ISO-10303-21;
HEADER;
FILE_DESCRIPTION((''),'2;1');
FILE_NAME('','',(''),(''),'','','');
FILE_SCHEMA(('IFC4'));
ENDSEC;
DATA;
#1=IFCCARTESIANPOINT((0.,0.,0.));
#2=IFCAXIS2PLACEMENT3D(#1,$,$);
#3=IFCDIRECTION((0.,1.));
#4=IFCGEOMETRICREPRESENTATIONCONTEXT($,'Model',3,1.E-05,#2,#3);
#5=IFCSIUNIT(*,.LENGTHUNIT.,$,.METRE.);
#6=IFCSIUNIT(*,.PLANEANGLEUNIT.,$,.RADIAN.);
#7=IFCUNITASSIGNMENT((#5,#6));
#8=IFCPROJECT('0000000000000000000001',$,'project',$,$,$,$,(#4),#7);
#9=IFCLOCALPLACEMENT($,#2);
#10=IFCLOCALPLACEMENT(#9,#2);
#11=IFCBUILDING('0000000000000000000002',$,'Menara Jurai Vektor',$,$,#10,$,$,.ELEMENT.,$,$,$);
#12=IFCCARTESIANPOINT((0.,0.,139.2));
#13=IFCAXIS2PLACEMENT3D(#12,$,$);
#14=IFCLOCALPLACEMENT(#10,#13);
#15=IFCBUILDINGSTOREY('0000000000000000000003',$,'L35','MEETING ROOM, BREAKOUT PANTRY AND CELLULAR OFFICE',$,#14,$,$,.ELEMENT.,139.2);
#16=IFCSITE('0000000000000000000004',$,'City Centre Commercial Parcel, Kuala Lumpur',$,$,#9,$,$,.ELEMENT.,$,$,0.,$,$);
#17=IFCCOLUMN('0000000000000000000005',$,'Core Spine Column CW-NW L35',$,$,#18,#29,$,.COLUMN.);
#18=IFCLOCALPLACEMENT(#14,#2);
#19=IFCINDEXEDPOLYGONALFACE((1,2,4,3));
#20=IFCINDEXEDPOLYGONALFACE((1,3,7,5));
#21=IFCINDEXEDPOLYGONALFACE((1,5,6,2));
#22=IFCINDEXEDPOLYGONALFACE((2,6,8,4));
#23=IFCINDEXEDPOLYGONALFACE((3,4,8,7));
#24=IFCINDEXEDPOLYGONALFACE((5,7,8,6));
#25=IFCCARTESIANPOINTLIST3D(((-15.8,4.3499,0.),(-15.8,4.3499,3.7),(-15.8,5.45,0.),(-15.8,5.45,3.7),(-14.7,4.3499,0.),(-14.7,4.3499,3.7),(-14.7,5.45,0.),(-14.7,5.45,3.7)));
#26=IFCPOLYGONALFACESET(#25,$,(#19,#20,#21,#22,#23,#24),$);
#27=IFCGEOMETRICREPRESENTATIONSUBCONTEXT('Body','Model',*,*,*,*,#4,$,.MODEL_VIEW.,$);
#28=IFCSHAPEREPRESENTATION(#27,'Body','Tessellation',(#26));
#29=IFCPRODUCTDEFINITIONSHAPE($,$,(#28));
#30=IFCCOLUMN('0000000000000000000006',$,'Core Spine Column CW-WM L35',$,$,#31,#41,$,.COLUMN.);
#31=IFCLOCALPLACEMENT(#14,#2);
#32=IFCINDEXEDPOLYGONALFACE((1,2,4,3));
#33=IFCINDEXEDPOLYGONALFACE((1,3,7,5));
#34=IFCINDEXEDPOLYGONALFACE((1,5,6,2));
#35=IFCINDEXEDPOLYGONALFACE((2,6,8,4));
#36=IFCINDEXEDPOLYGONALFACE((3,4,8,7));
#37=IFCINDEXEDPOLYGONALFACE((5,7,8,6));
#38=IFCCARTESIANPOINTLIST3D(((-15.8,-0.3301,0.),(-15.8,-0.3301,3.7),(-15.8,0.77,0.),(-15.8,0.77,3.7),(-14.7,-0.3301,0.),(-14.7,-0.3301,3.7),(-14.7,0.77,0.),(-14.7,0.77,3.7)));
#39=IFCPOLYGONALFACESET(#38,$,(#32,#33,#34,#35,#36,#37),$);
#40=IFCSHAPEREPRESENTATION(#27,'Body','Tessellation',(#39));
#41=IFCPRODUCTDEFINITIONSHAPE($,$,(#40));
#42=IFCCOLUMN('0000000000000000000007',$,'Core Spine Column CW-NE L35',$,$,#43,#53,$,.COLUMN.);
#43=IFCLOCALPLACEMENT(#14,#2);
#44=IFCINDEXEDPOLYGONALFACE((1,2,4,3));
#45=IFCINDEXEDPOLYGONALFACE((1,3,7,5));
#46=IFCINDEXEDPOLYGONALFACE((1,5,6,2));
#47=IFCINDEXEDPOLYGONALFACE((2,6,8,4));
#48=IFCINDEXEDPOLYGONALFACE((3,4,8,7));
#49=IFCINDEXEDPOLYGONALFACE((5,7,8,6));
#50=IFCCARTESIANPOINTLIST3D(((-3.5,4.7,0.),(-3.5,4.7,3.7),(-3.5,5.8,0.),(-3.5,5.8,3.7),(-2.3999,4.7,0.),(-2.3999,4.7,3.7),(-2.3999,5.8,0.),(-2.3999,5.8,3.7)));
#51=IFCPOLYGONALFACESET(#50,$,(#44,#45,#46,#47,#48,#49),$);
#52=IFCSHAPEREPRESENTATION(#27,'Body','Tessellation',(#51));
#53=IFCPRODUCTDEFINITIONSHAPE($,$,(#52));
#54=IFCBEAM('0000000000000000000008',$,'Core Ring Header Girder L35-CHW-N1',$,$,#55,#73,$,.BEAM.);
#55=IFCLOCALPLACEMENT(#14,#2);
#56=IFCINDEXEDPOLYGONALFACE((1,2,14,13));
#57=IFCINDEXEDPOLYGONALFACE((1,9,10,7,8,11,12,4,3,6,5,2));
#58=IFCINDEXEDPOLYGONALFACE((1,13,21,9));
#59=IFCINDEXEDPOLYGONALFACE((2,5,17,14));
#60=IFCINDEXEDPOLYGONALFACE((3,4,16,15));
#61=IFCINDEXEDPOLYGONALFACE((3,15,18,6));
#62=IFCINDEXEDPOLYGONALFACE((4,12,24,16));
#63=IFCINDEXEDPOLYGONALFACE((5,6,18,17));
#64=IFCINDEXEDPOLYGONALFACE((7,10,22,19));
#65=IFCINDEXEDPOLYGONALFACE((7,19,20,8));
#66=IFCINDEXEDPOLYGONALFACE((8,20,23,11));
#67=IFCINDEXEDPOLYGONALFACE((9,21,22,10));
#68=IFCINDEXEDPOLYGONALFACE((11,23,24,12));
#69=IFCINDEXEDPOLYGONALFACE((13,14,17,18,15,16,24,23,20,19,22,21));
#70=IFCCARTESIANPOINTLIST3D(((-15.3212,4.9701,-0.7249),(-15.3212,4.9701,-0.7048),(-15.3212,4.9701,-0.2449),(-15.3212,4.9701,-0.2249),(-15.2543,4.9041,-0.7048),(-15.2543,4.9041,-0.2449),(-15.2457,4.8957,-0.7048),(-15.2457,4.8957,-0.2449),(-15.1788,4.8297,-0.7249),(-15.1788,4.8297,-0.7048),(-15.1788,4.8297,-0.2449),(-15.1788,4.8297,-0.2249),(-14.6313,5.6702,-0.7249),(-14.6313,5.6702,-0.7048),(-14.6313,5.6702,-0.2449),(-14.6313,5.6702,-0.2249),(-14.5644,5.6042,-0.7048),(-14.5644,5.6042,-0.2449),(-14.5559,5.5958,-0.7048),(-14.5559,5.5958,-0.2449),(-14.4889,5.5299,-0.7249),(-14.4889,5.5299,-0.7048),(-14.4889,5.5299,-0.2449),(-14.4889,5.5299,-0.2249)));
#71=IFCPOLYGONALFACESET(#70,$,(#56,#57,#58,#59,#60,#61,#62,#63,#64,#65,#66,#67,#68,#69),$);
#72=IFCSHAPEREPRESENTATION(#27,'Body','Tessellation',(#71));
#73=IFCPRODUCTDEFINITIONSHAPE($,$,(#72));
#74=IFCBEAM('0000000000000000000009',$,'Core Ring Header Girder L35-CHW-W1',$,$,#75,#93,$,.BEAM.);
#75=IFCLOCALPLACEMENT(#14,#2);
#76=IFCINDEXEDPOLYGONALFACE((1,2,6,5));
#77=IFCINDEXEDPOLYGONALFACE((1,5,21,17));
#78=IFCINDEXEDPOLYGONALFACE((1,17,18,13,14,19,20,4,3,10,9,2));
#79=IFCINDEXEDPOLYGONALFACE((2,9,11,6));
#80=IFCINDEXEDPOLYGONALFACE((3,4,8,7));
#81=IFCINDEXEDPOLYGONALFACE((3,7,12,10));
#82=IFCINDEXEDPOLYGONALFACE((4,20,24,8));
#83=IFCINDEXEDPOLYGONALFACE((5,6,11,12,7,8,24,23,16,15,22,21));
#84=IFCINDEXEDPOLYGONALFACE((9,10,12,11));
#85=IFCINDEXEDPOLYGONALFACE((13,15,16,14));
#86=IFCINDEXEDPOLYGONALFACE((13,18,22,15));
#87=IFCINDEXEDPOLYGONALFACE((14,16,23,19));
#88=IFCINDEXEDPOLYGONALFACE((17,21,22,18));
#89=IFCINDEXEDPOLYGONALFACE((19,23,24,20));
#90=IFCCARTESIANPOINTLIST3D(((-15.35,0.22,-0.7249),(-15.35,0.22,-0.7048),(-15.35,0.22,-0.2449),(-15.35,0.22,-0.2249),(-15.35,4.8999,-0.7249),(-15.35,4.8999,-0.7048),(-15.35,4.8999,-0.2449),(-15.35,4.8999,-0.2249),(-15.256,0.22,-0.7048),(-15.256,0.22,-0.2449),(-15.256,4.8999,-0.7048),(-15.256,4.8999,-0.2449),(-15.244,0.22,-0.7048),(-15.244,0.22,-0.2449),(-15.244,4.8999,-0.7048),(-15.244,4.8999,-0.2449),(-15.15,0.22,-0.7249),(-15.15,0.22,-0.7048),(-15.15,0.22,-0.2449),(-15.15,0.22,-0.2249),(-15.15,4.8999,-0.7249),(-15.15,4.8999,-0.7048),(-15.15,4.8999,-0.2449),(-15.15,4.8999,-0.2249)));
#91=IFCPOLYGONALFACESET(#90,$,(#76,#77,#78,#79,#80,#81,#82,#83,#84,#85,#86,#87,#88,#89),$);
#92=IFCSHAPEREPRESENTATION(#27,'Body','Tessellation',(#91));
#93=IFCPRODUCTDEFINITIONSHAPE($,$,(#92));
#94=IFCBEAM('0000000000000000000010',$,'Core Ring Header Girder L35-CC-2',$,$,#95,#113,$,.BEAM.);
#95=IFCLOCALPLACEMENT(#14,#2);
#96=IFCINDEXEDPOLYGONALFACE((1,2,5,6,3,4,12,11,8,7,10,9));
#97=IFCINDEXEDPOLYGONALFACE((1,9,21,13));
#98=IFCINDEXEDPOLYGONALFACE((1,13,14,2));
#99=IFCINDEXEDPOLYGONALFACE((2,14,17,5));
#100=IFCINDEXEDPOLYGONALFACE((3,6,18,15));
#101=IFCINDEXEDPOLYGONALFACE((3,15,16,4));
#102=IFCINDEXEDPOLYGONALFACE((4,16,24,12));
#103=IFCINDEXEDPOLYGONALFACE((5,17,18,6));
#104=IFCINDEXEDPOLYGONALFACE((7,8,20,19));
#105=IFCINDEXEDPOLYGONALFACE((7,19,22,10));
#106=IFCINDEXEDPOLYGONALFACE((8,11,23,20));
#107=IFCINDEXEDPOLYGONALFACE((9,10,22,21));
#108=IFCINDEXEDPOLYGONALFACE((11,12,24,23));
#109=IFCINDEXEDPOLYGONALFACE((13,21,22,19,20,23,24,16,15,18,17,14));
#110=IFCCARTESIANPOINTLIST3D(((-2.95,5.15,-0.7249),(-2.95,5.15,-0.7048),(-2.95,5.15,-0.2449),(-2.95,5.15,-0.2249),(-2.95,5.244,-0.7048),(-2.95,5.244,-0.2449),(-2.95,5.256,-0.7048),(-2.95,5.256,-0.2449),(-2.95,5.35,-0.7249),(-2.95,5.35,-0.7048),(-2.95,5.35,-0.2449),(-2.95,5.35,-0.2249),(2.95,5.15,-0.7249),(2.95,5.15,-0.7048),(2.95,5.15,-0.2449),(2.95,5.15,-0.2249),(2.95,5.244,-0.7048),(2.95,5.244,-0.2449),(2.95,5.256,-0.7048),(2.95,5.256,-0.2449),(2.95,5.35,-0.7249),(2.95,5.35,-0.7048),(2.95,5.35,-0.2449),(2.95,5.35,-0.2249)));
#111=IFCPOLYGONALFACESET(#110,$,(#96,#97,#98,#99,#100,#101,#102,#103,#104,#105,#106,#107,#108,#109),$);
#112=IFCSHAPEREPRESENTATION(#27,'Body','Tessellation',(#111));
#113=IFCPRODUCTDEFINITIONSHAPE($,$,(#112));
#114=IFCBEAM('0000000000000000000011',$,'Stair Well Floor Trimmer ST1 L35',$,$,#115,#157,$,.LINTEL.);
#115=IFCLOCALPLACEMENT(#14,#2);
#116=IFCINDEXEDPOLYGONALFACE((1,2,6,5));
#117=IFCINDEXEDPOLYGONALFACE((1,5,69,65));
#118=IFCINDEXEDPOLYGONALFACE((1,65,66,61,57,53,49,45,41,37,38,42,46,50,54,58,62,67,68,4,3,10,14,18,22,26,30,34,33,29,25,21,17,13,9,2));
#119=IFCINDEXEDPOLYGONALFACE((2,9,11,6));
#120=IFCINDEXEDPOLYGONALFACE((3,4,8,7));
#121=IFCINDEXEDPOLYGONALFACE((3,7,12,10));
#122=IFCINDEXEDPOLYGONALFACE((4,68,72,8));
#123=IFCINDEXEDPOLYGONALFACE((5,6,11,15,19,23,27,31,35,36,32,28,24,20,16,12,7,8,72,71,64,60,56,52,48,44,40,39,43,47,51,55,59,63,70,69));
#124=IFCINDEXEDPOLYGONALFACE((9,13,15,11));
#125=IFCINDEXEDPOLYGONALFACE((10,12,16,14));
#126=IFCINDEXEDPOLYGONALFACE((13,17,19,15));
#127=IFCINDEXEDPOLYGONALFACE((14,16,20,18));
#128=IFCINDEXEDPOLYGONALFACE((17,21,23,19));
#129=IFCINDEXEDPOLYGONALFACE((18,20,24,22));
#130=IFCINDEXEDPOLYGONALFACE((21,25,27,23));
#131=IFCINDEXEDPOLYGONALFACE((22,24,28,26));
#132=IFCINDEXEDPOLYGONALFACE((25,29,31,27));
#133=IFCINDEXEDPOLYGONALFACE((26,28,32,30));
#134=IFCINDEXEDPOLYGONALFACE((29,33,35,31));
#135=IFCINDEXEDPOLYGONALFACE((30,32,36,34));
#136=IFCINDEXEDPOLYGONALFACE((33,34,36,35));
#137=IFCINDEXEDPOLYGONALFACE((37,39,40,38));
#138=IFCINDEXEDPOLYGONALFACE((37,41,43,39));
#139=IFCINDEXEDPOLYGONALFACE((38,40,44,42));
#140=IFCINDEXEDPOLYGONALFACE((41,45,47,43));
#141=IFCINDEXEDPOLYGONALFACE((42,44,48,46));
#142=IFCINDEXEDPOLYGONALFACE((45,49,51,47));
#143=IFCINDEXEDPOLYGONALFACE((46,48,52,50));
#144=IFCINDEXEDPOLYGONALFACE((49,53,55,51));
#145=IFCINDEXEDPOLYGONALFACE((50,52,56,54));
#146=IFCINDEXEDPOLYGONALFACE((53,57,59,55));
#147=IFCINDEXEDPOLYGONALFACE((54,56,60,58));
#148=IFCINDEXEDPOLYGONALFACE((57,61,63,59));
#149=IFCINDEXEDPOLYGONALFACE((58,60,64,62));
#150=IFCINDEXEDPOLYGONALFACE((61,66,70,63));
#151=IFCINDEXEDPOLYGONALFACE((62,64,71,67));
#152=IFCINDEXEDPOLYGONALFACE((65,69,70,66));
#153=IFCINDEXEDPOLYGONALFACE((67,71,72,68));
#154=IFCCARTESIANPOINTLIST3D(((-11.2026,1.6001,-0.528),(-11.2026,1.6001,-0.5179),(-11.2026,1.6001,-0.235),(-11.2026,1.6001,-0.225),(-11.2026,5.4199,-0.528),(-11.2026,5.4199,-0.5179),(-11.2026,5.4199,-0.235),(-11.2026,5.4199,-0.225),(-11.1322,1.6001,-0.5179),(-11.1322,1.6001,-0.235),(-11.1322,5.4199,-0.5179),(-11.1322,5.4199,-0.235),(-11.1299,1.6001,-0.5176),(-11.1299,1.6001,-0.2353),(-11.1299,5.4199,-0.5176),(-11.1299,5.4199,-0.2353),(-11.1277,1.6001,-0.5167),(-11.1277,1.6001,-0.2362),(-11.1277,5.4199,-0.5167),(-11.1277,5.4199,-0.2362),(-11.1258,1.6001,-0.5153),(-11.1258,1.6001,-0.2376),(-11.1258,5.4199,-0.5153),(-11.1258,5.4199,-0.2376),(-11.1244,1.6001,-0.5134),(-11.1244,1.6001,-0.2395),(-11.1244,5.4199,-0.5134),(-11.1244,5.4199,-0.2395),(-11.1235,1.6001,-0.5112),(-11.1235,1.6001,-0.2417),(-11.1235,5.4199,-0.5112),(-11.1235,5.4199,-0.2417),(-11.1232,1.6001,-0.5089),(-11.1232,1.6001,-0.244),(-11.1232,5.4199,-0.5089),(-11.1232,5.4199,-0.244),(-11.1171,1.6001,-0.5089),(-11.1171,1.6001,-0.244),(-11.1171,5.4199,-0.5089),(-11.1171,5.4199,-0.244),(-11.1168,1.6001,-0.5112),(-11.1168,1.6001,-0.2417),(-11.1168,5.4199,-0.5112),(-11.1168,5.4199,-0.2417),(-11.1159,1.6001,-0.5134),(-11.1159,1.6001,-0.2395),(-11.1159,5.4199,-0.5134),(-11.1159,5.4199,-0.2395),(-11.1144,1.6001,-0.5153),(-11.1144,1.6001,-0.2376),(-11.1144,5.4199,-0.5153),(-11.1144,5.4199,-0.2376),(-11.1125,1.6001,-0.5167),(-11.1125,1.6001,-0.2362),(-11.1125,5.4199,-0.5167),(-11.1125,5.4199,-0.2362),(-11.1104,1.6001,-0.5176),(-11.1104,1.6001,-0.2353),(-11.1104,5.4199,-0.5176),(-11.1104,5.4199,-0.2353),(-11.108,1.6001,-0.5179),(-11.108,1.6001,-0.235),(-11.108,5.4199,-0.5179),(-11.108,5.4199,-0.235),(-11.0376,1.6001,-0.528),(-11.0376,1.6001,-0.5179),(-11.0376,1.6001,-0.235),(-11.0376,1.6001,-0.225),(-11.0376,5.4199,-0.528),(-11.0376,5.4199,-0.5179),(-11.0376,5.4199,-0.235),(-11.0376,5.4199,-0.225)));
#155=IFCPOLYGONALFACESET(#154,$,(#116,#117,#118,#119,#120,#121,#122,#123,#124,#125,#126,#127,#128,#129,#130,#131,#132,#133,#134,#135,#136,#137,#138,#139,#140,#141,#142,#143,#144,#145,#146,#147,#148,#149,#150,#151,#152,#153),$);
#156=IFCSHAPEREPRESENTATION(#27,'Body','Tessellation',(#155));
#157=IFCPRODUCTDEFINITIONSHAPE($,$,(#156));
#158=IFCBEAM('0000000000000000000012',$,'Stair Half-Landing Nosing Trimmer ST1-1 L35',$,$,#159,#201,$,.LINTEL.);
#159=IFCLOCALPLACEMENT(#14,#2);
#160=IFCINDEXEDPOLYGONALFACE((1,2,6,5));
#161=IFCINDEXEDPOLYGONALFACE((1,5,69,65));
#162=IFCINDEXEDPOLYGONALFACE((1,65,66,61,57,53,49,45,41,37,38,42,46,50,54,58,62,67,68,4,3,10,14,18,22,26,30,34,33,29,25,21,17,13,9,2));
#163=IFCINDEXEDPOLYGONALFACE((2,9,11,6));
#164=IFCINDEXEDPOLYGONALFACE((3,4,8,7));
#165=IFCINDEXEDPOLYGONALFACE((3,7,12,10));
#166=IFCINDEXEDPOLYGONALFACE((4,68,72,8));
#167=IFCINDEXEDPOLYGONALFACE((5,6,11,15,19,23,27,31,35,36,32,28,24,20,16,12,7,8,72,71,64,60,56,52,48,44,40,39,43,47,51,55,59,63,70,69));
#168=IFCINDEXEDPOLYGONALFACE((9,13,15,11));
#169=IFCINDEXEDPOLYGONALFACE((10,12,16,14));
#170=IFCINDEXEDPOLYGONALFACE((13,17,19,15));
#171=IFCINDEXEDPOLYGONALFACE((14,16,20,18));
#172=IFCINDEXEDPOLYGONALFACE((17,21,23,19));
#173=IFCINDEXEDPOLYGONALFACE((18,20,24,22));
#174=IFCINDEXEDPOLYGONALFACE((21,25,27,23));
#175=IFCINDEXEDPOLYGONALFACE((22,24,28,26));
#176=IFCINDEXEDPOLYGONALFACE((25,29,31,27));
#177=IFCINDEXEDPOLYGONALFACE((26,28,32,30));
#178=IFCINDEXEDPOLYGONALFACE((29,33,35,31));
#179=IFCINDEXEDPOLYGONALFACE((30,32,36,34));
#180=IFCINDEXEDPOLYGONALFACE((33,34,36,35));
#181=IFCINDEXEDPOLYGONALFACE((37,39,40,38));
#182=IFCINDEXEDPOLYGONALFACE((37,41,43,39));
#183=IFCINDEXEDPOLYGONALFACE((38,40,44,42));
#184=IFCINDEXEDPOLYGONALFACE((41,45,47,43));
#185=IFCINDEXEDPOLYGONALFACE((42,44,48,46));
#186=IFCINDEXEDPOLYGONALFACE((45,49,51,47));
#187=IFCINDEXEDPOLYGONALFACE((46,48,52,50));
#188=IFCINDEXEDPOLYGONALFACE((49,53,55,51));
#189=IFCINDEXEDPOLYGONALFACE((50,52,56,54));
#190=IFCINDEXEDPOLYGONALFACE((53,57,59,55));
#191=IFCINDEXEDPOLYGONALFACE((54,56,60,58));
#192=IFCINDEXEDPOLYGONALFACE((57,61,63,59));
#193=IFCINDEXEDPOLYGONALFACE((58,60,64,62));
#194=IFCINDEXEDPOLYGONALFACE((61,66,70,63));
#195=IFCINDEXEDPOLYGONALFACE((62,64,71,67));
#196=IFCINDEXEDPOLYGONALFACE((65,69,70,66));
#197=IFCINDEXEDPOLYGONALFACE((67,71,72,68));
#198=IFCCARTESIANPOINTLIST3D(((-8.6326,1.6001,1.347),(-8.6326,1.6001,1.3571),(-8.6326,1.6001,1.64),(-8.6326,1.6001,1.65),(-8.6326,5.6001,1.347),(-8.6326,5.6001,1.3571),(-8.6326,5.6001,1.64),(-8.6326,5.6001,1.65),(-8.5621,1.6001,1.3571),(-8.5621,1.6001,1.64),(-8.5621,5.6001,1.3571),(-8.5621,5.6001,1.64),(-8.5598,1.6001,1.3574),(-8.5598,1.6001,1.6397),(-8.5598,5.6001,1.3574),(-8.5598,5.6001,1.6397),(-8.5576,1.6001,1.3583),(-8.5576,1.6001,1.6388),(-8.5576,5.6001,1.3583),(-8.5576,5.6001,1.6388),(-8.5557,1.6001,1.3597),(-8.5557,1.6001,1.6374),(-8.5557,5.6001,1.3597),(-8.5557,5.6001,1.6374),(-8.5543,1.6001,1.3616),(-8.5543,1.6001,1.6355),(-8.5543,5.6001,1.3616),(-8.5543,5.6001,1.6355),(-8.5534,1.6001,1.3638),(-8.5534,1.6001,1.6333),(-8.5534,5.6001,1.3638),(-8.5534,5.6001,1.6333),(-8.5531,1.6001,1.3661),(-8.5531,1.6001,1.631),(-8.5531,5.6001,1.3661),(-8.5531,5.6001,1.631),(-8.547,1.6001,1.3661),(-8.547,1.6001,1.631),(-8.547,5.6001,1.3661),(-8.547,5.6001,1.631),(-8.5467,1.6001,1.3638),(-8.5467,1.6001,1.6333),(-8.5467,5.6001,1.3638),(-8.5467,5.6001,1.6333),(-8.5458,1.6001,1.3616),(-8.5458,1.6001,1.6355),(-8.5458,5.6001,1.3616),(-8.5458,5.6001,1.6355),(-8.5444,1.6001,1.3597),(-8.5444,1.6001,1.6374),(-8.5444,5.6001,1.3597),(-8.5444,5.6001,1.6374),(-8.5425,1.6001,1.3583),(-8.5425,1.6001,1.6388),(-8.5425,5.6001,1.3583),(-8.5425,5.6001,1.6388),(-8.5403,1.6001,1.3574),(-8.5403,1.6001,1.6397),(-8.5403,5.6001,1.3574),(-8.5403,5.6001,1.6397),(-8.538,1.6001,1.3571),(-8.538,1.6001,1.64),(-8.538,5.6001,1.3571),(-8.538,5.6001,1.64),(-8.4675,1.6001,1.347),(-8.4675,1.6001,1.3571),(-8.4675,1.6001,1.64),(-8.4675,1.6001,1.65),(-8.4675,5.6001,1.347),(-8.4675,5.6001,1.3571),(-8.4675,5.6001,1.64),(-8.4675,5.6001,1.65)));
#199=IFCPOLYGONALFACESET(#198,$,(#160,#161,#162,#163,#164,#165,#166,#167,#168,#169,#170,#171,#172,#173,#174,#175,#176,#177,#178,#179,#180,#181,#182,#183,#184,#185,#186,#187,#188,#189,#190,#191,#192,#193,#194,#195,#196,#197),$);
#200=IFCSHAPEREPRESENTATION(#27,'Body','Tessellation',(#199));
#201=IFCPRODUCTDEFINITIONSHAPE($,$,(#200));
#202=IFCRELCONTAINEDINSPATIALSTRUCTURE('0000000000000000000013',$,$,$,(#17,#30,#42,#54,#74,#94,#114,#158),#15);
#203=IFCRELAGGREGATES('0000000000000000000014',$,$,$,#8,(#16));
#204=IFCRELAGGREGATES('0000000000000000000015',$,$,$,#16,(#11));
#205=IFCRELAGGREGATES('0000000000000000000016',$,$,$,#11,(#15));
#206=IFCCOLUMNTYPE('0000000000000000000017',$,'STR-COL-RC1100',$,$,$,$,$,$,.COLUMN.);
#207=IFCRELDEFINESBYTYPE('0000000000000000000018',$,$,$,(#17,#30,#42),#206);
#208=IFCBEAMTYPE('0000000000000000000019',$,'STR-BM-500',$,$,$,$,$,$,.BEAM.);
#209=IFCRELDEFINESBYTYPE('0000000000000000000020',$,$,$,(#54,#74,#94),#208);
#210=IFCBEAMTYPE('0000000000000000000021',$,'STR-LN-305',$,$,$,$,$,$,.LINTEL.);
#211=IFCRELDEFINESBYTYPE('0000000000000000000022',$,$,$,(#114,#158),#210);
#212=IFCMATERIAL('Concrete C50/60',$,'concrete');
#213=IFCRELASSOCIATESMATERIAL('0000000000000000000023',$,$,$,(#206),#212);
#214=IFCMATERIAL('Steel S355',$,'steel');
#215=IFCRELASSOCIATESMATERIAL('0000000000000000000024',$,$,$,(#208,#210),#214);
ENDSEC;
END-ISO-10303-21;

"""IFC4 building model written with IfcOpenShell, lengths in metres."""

from ifc_helpers import new_model, si_unit, direction, frame, origin, origin_2d, place, context, subcontext, project, spatial, rectangle, i_section, extrude, material, material_profile, profile_set, type_object, element, save


model = new_model("IFC4")

# Units and contexts
model_context = context("Model", 3, precision=1e-05, world=origin(), true_north=direction((0.0, 1.0)))
body_context = subcontext(model_context, "Body", "Model", "MODEL_VIEW")
ifc_project = project(units=[si_unit("LENGTHUNIT", "METRE"), si_unit("PLANEANGLEUNIT", "RADIAN")], contexts=[model_context])

# Site, building, storey
site_placement = place(None, origin())
site = spatial("IfcSite", under=ifc_project, at=site_placement, Name="City Centre Commercial Parcel, Kuala Lumpur", CompositionType="ELEMENT", RefElevation=0.0)
building_placement = place(site_placement, origin())
building = spatial("IfcBuilding", under=site, at=building_placement, Name="Menara Jurai Vektor", CompositionType="ELEMENT")
storey_placement = place(building_placement, frame((0.0, 0.0, 139.2)))
storey = spatial("IfcBuildingStorey", under=building, at=storey_placement, Name="L35", Description="MEETING ROOM, BREAKOUT PANTRY AND CELLULAR OFFICE", CompositionType="ELEMENT", Elevation=139.2)

# Columns
ifc_material_1 = material(Name="Concrete C50/60", Category="concrete")
ifc_material_profile_1 = material_profile(ifc_material_1, rectangle(XDim=1.1001, YDim=1.1001, at=origin_2d()), Name="RC 1100x1100")
ifc_profile_set_1 = profile_set([ifc_material_profile_1], Name="Concrete C50/60")
column_type = type_object("IfcColumnType", Name="STR-COL-RC1100", PredefinedType="COLUMN", material=ifc_profile_set_1)
for number, where, z_axis, x_axis, name in (
    (1, (-15.25, 4.8999, 0.0), (0.0, 0.0, 1.0), (1.0, 0.0, 0.0), "Core Spine Column CW-NW L35"),
    (2, (-15.25, 0.22, 0.0), (0.0, 0.0, 1.0), (1.0, 0.0, 0.0), "Core Spine Column CW-WM L35"),
    (3, (-2.95, 5.25, 0.0), (0.0, 0.0, 1.0), (1.0, 0.0, 0.0), "Core Spine Column CW-NE L35"),
):
    element("IfcColumn", number, at=place(storey_placement, frame(where, z_axis=z_axis, x_axis=x_axis)), inside=storey, type_object=column_type, Name=name, PredefinedType="COLUMN", context=body_context, shape_type="SweptSolid", body=[
        extrude(rectangle(XDim=1.1001, YDim=1.1001, at=origin_2d()), origin(), (0.0, 0.0, 1.0), 3.7),
    ])

# Beams
ifc_material_2 = material(Name="Steel S355", Category="steel")
ifc_material_profile_2 = material_profile(ifc_material_2, i_section(OverallWidth=0.2, OverallDepth=0.5, WebThickness=0.012, FlangeThickness=0.02, at=origin_2d()), Name="PG 500x200x96")
ifc_profile_set_2 = profile_set([ifc_material_profile_2], Name="Steel S355")
beam_type_1 = type_object("IfcBeamType", Name="STR-BM-500", PredefinedType="BEAM", material=ifc_profile_set_2)
beam_1_placement = place(storey_placement, frame((-15.25, 4.8999, -0.4749), z_axis=(0.701872, 0.712303, 0.0), x_axis=(-0.712303, 0.701872, 0.0)))
element("IfcBeam", 4, at=beam_1_placement, inside=storey, type_object=beam_type_1, Name="Core Ring Header Girder L35-CHW-N1", PredefinedType="BEAM", context=body_context, shape_type="SweptSolid", body=[
    extrude(i_section(OverallWidth=0.2, OverallDepth=0.5, WebThickness=0.012, FlangeThickness=0.02, at=origin_2d()), origin(), (0.0, 0.0, 1.0), 0.9829),
])
beam_2_placement = place(storey_placement, frame((-15.25, 0.22, -0.4749), z_axis=(0.0, 1.0, 0.0), x_axis=(-1.0, 0.0, 0.0)))
element("IfcBeam", 5, at=beam_2_placement, inside=storey, type_object=beam_type_1, Name="Core Ring Header Girder L35-CHW-W1", PredefinedType="BEAM", context=body_context, shape_type="SweptSolid", body=[
    extrude(i_section(OverallWidth=0.2, OverallDepth=0.5, WebThickness=0.012, FlangeThickness=0.02, at=origin_2d()), origin(), (0.0, 0.0, 1.0), 4.6799),
])
beam_3_placement = place(storey_placement, frame((-2.95, 5.25, -0.4749), z_axis=(1.0, 0.0, 0.0), x_axis=(0.0, 1.0, 0.0)))
element("IfcBeam", 6, at=beam_3_placement, inside=storey, type_object=beam_type_1, Name="Core Ring Header Girder L35-CC-2", PredefinedType="BEAM", context=body_context, shape_type="SweptSolid", body=[
    extrude(i_section(OverallWidth=0.2, OverallDepth=0.5, WebThickness=0.012, FlangeThickness=0.02, at=origin_2d()), origin(), (0.0, 0.0, 1.0), 5.8999),
])
ifc_material_profile_3 = material_profile(ifc_material_2, i_section(OverallWidth=0.165, OverallDepth=0.303, WebThickness=0.0061, FlangeThickness=0.01, FilletRadius=0.009, at=origin_2d()), Name="UKB 305x165x40")
ifc_profile_set_3 = profile_set([ifc_material_profile_3], Name="Steel S355")
beam_type_2 = type_object("IfcBeamType", Name="STR-LN-305", PredefinedType="LINTEL", material=ifc_profile_set_3)
beam_4_placement = place(storey_placement, frame((-11.1201, 1.6001, -0.3765), z_axis=(0.0, 1.0, 0.0), x_axis=(-1.0, 0.0, 0.0)))
element("IfcBeam", 7, at=beam_4_placement, inside=storey, type_object=beam_type_2, Name="Stair Well Floor Trimmer ST1 L35", PredefinedType="LINTEL", context=body_context, shape_type="SweptSolid", body=[
    extrude(i_section(OverallWidth=0.165, OverallDepth=0.303, WebThickness=0.0061, FlangeThickness=0.01, FilletRadius=0.009, at=origin_2d()), origin(), (0.0, 0.0, 1.0), 3.8198),
])
beam_5_placement = place(storey_placement, frame((-8.55, 1.6001, 1.4985), z_axis=(0.0, 1.0, 0.0), x_axis=(-1.0, 0.0, 0.0)))
element("IfcBeam", 8, at=beam_5_placement, inside=storey, type_object=beam_type_2, Name="Stair Half-Landing Nosing Trimmer ST1-1 L35", PredefinedType="LINTEL", context=body_context, shape_type="SweptSolid", body=[
    extrude(i_section(OverallWidth=0.165, OverallDepth=0.303, WebThickness=0.0061, FlangeThickness=0.01, FilletRadius=0.009, at=origin_2d()), origin(), (0.0, 0.0, 1.0), 4.0),
])

save(model, "model.ifc")
